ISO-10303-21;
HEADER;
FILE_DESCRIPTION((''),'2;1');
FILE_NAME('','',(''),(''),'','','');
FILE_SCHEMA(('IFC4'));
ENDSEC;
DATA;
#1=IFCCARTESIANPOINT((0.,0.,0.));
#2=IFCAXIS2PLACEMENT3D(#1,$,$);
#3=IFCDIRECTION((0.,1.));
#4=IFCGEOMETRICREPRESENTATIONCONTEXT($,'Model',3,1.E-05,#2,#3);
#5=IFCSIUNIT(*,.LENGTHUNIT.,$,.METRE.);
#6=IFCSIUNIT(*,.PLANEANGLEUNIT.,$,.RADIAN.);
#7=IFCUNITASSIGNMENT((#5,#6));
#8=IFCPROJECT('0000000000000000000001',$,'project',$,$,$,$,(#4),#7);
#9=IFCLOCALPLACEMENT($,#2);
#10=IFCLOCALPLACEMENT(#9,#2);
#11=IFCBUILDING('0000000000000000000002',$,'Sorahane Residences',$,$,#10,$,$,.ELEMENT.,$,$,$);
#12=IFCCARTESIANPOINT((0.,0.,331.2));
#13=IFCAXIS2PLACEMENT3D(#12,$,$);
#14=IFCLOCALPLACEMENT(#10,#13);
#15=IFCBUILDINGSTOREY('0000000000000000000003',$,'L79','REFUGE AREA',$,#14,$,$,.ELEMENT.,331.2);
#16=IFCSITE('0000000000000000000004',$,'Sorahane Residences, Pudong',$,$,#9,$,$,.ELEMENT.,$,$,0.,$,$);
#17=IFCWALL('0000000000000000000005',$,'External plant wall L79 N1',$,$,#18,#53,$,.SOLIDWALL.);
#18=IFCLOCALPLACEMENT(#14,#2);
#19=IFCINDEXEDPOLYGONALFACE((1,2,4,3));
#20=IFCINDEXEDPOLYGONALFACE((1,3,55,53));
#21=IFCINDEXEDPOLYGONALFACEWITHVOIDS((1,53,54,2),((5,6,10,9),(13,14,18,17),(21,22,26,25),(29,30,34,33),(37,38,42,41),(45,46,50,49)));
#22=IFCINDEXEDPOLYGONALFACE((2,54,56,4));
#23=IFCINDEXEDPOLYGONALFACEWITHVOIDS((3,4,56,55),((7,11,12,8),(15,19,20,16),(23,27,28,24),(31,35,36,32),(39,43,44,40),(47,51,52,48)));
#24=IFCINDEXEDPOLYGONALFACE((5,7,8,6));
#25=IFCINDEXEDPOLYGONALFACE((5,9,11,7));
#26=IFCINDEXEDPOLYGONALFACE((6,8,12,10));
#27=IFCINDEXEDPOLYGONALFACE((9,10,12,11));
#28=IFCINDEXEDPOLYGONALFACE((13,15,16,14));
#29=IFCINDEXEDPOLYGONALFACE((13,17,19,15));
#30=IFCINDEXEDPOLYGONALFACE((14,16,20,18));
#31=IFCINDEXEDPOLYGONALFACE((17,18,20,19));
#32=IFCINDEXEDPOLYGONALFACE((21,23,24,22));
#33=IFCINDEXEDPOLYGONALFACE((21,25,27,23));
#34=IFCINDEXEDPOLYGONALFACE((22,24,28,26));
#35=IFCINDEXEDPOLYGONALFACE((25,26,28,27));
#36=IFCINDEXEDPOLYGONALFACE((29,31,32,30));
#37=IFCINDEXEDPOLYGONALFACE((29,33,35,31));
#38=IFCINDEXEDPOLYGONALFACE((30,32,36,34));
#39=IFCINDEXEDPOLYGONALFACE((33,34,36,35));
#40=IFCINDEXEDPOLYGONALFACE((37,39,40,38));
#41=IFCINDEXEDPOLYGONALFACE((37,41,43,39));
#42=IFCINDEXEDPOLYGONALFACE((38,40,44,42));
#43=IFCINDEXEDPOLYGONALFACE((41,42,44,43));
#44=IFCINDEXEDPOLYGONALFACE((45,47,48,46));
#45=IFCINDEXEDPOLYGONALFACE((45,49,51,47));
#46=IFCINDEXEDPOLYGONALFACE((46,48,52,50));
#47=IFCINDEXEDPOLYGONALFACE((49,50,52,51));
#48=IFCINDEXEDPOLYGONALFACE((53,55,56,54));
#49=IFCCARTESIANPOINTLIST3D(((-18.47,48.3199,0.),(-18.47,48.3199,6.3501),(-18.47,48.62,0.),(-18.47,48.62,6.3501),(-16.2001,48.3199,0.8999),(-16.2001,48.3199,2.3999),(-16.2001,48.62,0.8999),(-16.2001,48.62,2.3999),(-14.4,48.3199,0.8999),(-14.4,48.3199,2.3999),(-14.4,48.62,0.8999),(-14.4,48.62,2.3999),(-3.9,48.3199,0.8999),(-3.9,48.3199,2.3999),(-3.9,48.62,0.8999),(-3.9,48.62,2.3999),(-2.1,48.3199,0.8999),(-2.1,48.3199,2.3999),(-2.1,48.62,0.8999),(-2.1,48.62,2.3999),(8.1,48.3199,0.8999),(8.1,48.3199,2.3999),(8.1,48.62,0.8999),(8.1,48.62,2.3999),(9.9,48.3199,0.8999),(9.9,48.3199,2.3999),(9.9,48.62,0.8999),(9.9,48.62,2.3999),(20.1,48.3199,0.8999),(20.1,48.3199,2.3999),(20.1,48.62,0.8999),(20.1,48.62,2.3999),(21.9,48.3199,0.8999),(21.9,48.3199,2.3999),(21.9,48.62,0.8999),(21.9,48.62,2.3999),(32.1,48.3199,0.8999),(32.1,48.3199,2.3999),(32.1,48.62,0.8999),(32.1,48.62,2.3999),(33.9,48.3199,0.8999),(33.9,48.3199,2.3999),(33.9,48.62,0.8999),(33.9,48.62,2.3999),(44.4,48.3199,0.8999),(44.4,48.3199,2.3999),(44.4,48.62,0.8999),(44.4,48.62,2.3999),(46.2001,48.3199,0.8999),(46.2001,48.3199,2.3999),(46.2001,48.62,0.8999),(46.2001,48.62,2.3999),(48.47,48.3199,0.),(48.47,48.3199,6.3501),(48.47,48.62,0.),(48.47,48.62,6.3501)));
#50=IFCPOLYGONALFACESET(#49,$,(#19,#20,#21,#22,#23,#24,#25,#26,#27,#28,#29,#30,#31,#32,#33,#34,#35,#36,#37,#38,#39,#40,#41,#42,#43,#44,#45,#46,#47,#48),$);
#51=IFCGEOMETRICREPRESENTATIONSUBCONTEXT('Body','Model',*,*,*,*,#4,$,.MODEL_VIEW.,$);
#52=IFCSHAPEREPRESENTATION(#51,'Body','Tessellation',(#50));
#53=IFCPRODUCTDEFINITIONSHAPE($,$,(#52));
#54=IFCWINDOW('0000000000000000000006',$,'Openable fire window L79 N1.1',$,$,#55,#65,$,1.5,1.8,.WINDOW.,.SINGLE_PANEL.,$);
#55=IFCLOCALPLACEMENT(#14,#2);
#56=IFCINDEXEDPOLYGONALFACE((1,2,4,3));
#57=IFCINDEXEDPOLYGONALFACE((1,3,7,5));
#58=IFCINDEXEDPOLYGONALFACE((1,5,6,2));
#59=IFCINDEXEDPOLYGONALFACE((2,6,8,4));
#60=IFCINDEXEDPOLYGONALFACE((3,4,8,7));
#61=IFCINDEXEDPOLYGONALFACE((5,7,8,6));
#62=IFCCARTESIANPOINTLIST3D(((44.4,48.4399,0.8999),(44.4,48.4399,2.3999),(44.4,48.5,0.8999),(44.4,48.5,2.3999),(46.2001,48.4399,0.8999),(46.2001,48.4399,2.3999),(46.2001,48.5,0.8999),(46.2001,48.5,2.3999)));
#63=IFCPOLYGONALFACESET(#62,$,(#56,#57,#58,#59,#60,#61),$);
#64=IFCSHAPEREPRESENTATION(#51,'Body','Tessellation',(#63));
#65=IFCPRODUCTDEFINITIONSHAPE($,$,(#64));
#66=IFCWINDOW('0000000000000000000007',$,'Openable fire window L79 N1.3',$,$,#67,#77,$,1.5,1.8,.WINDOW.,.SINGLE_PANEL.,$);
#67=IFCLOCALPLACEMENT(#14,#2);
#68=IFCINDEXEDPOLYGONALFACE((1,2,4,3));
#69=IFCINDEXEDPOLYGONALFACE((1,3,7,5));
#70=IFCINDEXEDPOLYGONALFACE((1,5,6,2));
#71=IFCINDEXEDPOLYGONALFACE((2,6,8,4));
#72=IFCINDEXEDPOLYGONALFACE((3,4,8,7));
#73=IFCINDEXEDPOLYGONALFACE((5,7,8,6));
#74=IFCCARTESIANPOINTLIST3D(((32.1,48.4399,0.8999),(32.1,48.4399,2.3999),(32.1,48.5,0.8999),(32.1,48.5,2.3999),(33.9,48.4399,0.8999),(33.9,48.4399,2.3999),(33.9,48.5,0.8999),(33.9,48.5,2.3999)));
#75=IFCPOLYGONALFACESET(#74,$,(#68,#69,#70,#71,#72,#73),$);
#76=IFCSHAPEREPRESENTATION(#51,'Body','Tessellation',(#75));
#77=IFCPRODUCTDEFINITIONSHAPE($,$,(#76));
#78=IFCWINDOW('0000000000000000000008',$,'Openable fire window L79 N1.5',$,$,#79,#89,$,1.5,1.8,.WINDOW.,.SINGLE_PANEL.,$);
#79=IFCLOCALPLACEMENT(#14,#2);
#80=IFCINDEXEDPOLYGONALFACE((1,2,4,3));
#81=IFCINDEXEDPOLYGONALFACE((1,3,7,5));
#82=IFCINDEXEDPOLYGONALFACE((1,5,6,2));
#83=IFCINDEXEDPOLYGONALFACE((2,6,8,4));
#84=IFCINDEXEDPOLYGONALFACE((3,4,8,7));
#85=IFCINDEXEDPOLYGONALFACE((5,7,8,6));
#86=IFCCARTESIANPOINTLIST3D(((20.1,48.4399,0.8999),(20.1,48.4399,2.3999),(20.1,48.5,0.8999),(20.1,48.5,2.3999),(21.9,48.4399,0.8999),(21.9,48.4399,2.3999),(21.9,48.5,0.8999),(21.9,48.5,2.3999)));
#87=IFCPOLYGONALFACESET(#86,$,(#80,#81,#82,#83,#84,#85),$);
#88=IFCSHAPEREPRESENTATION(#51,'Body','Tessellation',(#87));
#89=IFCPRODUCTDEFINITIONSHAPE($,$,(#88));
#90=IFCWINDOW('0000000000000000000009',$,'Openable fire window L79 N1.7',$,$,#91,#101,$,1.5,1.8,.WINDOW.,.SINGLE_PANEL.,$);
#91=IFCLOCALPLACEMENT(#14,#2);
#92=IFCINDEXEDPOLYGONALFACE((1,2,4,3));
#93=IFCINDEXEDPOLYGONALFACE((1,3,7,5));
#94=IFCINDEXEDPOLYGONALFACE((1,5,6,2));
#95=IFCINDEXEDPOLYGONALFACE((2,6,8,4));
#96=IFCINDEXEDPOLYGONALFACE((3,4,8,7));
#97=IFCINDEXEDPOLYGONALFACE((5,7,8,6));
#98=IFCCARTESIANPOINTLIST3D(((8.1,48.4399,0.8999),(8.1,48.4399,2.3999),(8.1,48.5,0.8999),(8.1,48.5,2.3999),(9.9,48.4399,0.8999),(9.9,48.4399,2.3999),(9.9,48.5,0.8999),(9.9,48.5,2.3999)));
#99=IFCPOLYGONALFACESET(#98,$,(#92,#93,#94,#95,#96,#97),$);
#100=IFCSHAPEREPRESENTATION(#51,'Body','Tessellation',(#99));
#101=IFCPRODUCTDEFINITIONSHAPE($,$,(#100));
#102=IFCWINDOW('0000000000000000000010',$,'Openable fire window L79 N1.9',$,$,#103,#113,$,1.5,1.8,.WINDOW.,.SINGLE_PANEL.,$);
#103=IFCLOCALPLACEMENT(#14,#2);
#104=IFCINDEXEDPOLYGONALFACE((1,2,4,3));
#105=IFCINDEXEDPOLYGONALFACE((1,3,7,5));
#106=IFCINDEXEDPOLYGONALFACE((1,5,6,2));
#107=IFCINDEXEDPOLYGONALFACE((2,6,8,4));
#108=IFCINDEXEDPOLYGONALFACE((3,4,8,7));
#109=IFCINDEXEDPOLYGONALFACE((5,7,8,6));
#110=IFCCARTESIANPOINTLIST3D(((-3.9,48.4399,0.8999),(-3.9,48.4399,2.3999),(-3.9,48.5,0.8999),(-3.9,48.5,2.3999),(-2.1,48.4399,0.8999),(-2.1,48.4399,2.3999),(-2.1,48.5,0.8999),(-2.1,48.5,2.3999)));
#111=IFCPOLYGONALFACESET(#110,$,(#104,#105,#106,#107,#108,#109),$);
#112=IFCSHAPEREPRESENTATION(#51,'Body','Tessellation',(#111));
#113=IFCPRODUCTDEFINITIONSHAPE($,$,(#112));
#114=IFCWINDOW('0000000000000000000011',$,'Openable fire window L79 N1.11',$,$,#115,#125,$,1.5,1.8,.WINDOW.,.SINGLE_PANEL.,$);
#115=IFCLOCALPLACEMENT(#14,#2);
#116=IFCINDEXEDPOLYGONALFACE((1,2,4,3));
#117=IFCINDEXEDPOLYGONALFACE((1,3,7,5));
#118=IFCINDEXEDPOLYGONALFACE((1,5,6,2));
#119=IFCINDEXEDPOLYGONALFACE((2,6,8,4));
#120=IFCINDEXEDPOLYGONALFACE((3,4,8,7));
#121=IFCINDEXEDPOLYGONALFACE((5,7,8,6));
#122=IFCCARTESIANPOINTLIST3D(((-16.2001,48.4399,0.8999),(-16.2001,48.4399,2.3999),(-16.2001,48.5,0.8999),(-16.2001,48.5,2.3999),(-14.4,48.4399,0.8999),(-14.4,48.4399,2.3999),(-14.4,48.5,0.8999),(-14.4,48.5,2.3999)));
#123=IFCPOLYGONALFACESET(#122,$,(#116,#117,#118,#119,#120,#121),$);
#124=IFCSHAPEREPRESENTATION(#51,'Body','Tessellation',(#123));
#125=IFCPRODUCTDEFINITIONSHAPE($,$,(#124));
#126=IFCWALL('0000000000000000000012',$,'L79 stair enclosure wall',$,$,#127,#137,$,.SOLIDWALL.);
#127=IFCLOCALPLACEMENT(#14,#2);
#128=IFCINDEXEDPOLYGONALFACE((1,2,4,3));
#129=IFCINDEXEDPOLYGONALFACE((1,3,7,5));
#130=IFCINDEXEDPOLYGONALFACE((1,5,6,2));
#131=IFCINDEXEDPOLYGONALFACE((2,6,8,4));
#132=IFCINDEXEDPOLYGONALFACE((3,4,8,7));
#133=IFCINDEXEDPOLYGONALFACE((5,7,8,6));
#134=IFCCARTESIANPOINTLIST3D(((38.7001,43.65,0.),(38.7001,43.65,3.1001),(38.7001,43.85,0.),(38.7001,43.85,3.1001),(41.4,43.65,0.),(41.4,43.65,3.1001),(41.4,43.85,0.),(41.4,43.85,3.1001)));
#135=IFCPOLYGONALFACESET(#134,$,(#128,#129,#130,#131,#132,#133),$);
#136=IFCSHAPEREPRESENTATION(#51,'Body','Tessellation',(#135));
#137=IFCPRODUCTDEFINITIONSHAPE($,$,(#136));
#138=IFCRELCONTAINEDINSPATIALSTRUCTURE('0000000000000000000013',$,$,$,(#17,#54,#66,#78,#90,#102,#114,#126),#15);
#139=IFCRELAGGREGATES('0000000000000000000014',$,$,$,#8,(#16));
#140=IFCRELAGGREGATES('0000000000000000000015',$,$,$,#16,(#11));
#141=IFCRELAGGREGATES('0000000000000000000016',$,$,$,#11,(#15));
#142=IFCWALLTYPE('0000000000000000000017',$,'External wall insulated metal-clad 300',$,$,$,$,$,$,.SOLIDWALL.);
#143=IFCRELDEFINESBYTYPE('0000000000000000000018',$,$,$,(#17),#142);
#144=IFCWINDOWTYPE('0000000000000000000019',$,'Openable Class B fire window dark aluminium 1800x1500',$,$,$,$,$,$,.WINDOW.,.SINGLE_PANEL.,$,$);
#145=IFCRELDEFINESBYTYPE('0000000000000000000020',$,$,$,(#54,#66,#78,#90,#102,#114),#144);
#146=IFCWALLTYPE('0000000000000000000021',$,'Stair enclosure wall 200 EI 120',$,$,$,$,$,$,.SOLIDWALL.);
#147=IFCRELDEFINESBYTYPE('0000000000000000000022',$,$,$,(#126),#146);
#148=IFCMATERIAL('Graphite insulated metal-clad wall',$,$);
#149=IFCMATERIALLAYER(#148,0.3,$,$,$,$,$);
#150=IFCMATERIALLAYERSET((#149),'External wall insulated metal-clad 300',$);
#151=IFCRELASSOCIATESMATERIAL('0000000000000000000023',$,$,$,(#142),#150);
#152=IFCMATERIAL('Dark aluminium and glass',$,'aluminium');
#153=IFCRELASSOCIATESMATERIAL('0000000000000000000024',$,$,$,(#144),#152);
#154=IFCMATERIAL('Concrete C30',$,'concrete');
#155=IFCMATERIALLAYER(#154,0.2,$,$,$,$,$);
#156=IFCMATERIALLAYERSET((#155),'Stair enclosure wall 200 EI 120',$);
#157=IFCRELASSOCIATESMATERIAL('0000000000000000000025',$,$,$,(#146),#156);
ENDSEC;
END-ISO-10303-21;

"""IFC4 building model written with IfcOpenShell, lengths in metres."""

from ifc_helpers import new_model, si_unit, direction, frame, frame_2d, origin, place, context, subcontext, project, spatial, rectangle, extrude, material, layer, layer_set, type_object, element, fill, save


model = new_model("IFC4")

# Units and contexts
model_context = context("Model", 3, precision=1e-05, world=origin(), true_north=direction((0.0, 1.0)))
body_context = subcontext(model_context, "Body", "Model", "MODEL_VIEW")
ifc_project = project(units=[si_unit("LENGTHUNIT", "METRE"), si_unit("PLANEANGLEUNIT", "RADIAN")], contexts=[model_context])

# Site, building, storey
site_placement = place(None, origin())
site = spatial("IfcSite", under=ifc_project, at=site_placement, Name="Sorahane Residences, Pudong", CompositionType="ELEMENT", RefElevation=0.0)
building_placement = place(site_placement, origin())
building = spatial("IfcBuilding", under=site, at=building_placement, Name="Sorahane Residences", CompositionType="ELEMENT")
storey_placement = place(building_placement, frame((0.0, 0.0, 331.2)))
storey = spatial("IfcBuildingStorey", under=building, at=storey_placement, Name="L79", Description="REFUGE AREA", CompositionType="ELEMENT", Elevation=331.2)

# Wall, openings, windows
ifc_material_1 = material(Name="Graphite insulated metal-clad wall")
ifc_layer_1 = layer(ifc_material_1, 0.3)
ifc_layer_set_1 = layer_set([ifc_layer_1], Name="External wall insulated metal-clad 300")
wall_type_1 = type_object("IfcWallType", Name="External wall insulated metal-clad 300", PredefinedType="SOLIDWALL", material=ifc_layer_set_1)
wall_1_placement = place(storey_placement, frame((48.47, 48.47, 0.0), z_axis=(0.0, 0.0, 1.0), x_axis=(-1.0, 0.0, 0.0)))
wall_1 = element("IfcWall", 1, at=wall_1_placement, inside=storey, type_object=wall_type_1, Name="External plant wall L79 N1", PredefinedType="SOLIDWALL", context=body_context, shape_type="SweptSolid", body=[
    extrude(rectangle(XDim=66.9399, YDim=0.3, at=frame_2d((33.47, 0.0))), origin(), (0.0, 0.0, 1.0), 6.3501),
])
opening_1_placement = place(wall_1_placement, frame((2.27, 0.0, 0.8999)))
opening_1 = element("IfcOpeningElement", 2, at=opening_1_placement, cuts=wall_1, PredefinedType="OPENING", context=body_context, shape_type="SweptSolid", body=[
    extrude(rectangle(XDim=1.8, YDim=1.5, at=frame_2d((0.8999, 0.75))), frame((0.0, 0.1599, 0.0), z_axis=(0.0, -1.0, 0.0), x_axis=(1.0, 0.0, 0.0)), (0.0, 0.0, 1.0), 0.3201),
])
opening_2_placement = place(wall_1_placement, frame((14.5701, 0.0, 0.8999)))
opening_2 = element("IfcOpeningElement", 3, at=opening_2_placement, cuts=wall_1, PredefinedType="OPENING", context=body_context, shape_type="SweptSolid", body=[
    extrude(rectangle(XDim=1.8, YDim=1.5, at=frame_2d((0.8999, 0.75))), frame((0.0, 0.1599, 0.0), z_axis=(0.0, -1.0, 0.0), x_axis=(1.0, 0.0, 0.0)), (0.0, 0.0, 1.0), 0.3201),
])
opening_3_placement = place(wall_1_placement, frame((26.5701, 0.0, 0.8999)))
opening_3 = element("IfcOpeningElement", 4, at=opening_3_placement, cuts=wall_1, PredefinedType="OPENING", context=body_context, shape_type="SweptSolid", body=[
    extrude(rectangle(XDim=1.8, YDim=1.5, at=frame_2d((0.8999, 0.75))), frame((0.0, 0.1599, 0.0), z_axis=(0.0, -1.0, 0.0), x_axis=(1.0, 0.0, 0.0)), (0.0, 0.0, 1.0), 0.3201),
])
opening_4_placement = place(wall_1_placement, frame((38.5701, 0.0, 0.8999)))
opening_4 = element("IfcOpeningElement", 5, at=opening_4_placement, cuts=wall_1, PredefinedType="OPENING", context=body_context, shape_type="SweptSolid", body=[
    extrude(rectangle(XDim=1.8, YDim=1.5, at=frame_2d((0.8999, 0.75))), frame((0.0, 0.1599, 0.0), z_axis=(0.0, -1.0, 0.0), x_axis=(1.0, 0.0, 0.0)), (0.0, 0.0, 1.0), 0.3201),
])
opening_5_placement = place(wall_1_placement, frame((50.5701, 0.0, 0.8999)))
opening_5 = element("IfcOpeningElement", 6, at=opening_5_placement, cuts=wall_1, PredefinedType="OPENING", context=body_context, shape_type="SweptSolid", body=[
    extrude(rectangle(XDim=1.8, YDim=1.5, at=frame_2d((0.8999, 0.75))), frame((0.0, 0.1599, 0.0), z_axis=(0.0, -1.0, 0.0), x_axis=(1.0, 0.0, 0.0)), (0.0, 0.0, 1.0), 0.3201),
])
opening_6_placement = place(wall_1_placement, frame((62.8701, 0.0, 0.8999)))
opening_6 = element("IfcOpeningElement", 7, at=opening_6_placement, cuts=wall_1, PredefinedType="OPENING", context=body_context, shape_type="SweptSolid", body=[
    extrude(rectangle(XDim=1.8, YDim=1.5, at=frame_2d((0.8999, 0.75))), frame((0.0, 0.1599, 0.0), z_axis=(0.0, -1.0, 0.0), x_axis=(1.0, 0.0, 0.0)), (0.0, 0.0, 1.0), 0.3201),
])
ifc_material_2 = material(Name="Dark aluminium and glass", Category="aluminium")
window_type = type_object("IfcWindowType", Name="Openable Class B fire window dark aluminium 1800x1500", PartitioningType="SINGLE_PANEL", PredefinedType="WINDOW", material=ifc_material_2)
window_1_placement = place(opening_1_placement, origin())
window_1 = element("IfcWindow", 8, at=window_1_placement, inside=storey, type_object=window_type, Name="Openable fire window L79 N1.1", OverallHeight=1.5, OverallWidth=1.8, PartitioningType="SINGLE_PANEL", PredefinedType="WINDOW", context=body_context, shape_type="SweptSolid", body=[
    extrude(rectangle(XDim=1.8, YDim=1.5, at=frame_2d((0.8999, 0.75))), frame((0.0, 0.03, 0.0), z_axis=(0.0, -1.0, 0.0), x_axis=(1.0, 0.0, 0.0)), (0.0, 0.0, 1.0), 0.0601),
])
fill(opening_1, window_1)
window_2_placement = place(opening_2_placement, origin())
window_2 = element("IfcWindow", 9, at=window_2_placement, inside=storey, type_object=window_type, Name="Openable fire window L79 N1.3", OverallHeight=1.5, OverallWidth=1.8, PartitioningType="SINGLE_PANEL", PredefinedType="WINDOW", context=body_context, shape_type="SweptSolid", body=[
    extrude(rectangle(XDim=1.8, YDim=1.5, at=frame_2d((0.8999, 0.75))), frame((0.0, 0.03, 0.0), z_axis=(0.0, -1.0, 0.0), x_axis=(1.0, 0.0, 0.0)), (0.0, 0.0, 1.0), 0.0601),
])
fill(opening_2, window_2)
window_3_placement = place(opening_3_placement, origin())
window_3 = element("IfcWindow", 10, at=window_3_placement, inside=storey, type_object=window_type, Name="Openable fire window L79 N1.5", OverallHeight=1.5, OverallWidth=1.8, PartitioningType="SINGLE_PANEL", PredefinedType="WINDOW", context=body_context, shape_type="SweptSolid", body=[
    extrude(rectangle(XDim=1.8, YDim=1.5, at=frame_2d((0.8999, 0.75))), frame((0.0, 0.03, 0.0), z_axis=(0.0, -1.0, 0.0), x_axis=(1.0, 0.0, 0.0)), (0.0, 0.0, 1.0), 0.0601),
])
fill(opening_3, window_3)
window_4_placement = place(opening_4_placement, origin())
window_4 = element("IfcWindow", 11, at=window_4_placement, inside=storey, type_object=window_type, Name="Openable fire window L79 N1.7", OverallHeight=1.5, OverallWidth=1.8, PartitioningType="SINGLE_PANEL", PredefinedType="WINDOW", context=body_context, shape_type="SweptSolid", body=[
    extrude(rectangle(XDim=1.8, YDim=1.5, at=frame_2d((0.8999, 0.75))), frame((0.0, 0.03, 0.0), z_axis=(0.0, -1.0, 0.0), x_axis=(1.0, 0.0, 0.0)), (0.0, 0.0, 1.0), 0.0601),
])
fill(opening_4, window_4)
window_5_placement = place(opening_5_placement, origin())
window_5 = element("IfcWindow", 12, at=window_5_placement, inside=storey, type_object=window_type, Name="Openable fire window L79 N1.9", OverallHeight=1.5, OverallWidth=1.8, PartitioningType="SINGLE_PANEL", PredefinedType="WINDOW", context=body_context, shape_type="SweptSolid", body=[
    extrude(rectangle(XDim=1.8, YDim=1.5, at=frame_2d((0.8999, 0.75))), frame((0.0, 0.03, 0.0), z_axis=(0.0, -1.0, 0.0), x_axis=(1.0, 0.0, 0.0)), (0.0, 0.0, 1.0), 0.0601),
])
fill(opening_5, window_5)
window_6_placement = place(opening_6_placement, origin())
window_6 = element("IfcWindow", 13, at=window_6_placement, inside=storey, type_object=window_type, Name="Openable fire window L79 N1.11", OverallHeight=1.5, OverallWidth=1.8, PartitioningType="SINGLE_PANEL", PredefinedType="WINDOW", context=body_context, shape_type="SweptSolid", body=[
    extrude(rectangle(XDim=1.8, YDim=1.5, at=frame_2d((0.8999, 0.75))), frame((0.0, 0.03, 0.0), z_axis=(0.0, -1.0, 0.0), x_axis=(1.0, 0.0, 0.0)), (0.0, 0.0, 1.0), 0.0601),
])
fill(opening_6, window_6)

# Wall
ifc_material_3 = material(Name="Concrete C30", Category="concrete")
ifc_layer_2 = layer(ifc_material_3, 0.2)
ifc_layer_set_2 = layer_set([ifc_layer_2], Name="Stair enclosure wall 200 EI 120")
wall_type_2 = type_object("IfcWallType", Name="Stair enclosure wall 200 EI 120", PredefinedType="SOLIDWALL", material=ifc_layer_set_2)
wall_2_placement = place(storey_placement, frame((38.7, 43.75, 0.0), z_axis=(0.0, 0.0, 1.0), x_axis=(1.0, 0.0, 0.0)))
element("IfcWall", 14, at=wall_2_placement, inside=storey, type_object=wall_type_2, Name="L79 stair enclosure wall", PredefinedType="SOLIDWALL", context=body_context, shape_type="SweptSolid", body=[
    extrude(rectangle(XDim=2.7, YDim=0.2, at=frame_2d((1.3501, 0.0))), origin(), (0.0, 0.0, 1.0), 3.1001),
])

save(model, "model.ifc")
